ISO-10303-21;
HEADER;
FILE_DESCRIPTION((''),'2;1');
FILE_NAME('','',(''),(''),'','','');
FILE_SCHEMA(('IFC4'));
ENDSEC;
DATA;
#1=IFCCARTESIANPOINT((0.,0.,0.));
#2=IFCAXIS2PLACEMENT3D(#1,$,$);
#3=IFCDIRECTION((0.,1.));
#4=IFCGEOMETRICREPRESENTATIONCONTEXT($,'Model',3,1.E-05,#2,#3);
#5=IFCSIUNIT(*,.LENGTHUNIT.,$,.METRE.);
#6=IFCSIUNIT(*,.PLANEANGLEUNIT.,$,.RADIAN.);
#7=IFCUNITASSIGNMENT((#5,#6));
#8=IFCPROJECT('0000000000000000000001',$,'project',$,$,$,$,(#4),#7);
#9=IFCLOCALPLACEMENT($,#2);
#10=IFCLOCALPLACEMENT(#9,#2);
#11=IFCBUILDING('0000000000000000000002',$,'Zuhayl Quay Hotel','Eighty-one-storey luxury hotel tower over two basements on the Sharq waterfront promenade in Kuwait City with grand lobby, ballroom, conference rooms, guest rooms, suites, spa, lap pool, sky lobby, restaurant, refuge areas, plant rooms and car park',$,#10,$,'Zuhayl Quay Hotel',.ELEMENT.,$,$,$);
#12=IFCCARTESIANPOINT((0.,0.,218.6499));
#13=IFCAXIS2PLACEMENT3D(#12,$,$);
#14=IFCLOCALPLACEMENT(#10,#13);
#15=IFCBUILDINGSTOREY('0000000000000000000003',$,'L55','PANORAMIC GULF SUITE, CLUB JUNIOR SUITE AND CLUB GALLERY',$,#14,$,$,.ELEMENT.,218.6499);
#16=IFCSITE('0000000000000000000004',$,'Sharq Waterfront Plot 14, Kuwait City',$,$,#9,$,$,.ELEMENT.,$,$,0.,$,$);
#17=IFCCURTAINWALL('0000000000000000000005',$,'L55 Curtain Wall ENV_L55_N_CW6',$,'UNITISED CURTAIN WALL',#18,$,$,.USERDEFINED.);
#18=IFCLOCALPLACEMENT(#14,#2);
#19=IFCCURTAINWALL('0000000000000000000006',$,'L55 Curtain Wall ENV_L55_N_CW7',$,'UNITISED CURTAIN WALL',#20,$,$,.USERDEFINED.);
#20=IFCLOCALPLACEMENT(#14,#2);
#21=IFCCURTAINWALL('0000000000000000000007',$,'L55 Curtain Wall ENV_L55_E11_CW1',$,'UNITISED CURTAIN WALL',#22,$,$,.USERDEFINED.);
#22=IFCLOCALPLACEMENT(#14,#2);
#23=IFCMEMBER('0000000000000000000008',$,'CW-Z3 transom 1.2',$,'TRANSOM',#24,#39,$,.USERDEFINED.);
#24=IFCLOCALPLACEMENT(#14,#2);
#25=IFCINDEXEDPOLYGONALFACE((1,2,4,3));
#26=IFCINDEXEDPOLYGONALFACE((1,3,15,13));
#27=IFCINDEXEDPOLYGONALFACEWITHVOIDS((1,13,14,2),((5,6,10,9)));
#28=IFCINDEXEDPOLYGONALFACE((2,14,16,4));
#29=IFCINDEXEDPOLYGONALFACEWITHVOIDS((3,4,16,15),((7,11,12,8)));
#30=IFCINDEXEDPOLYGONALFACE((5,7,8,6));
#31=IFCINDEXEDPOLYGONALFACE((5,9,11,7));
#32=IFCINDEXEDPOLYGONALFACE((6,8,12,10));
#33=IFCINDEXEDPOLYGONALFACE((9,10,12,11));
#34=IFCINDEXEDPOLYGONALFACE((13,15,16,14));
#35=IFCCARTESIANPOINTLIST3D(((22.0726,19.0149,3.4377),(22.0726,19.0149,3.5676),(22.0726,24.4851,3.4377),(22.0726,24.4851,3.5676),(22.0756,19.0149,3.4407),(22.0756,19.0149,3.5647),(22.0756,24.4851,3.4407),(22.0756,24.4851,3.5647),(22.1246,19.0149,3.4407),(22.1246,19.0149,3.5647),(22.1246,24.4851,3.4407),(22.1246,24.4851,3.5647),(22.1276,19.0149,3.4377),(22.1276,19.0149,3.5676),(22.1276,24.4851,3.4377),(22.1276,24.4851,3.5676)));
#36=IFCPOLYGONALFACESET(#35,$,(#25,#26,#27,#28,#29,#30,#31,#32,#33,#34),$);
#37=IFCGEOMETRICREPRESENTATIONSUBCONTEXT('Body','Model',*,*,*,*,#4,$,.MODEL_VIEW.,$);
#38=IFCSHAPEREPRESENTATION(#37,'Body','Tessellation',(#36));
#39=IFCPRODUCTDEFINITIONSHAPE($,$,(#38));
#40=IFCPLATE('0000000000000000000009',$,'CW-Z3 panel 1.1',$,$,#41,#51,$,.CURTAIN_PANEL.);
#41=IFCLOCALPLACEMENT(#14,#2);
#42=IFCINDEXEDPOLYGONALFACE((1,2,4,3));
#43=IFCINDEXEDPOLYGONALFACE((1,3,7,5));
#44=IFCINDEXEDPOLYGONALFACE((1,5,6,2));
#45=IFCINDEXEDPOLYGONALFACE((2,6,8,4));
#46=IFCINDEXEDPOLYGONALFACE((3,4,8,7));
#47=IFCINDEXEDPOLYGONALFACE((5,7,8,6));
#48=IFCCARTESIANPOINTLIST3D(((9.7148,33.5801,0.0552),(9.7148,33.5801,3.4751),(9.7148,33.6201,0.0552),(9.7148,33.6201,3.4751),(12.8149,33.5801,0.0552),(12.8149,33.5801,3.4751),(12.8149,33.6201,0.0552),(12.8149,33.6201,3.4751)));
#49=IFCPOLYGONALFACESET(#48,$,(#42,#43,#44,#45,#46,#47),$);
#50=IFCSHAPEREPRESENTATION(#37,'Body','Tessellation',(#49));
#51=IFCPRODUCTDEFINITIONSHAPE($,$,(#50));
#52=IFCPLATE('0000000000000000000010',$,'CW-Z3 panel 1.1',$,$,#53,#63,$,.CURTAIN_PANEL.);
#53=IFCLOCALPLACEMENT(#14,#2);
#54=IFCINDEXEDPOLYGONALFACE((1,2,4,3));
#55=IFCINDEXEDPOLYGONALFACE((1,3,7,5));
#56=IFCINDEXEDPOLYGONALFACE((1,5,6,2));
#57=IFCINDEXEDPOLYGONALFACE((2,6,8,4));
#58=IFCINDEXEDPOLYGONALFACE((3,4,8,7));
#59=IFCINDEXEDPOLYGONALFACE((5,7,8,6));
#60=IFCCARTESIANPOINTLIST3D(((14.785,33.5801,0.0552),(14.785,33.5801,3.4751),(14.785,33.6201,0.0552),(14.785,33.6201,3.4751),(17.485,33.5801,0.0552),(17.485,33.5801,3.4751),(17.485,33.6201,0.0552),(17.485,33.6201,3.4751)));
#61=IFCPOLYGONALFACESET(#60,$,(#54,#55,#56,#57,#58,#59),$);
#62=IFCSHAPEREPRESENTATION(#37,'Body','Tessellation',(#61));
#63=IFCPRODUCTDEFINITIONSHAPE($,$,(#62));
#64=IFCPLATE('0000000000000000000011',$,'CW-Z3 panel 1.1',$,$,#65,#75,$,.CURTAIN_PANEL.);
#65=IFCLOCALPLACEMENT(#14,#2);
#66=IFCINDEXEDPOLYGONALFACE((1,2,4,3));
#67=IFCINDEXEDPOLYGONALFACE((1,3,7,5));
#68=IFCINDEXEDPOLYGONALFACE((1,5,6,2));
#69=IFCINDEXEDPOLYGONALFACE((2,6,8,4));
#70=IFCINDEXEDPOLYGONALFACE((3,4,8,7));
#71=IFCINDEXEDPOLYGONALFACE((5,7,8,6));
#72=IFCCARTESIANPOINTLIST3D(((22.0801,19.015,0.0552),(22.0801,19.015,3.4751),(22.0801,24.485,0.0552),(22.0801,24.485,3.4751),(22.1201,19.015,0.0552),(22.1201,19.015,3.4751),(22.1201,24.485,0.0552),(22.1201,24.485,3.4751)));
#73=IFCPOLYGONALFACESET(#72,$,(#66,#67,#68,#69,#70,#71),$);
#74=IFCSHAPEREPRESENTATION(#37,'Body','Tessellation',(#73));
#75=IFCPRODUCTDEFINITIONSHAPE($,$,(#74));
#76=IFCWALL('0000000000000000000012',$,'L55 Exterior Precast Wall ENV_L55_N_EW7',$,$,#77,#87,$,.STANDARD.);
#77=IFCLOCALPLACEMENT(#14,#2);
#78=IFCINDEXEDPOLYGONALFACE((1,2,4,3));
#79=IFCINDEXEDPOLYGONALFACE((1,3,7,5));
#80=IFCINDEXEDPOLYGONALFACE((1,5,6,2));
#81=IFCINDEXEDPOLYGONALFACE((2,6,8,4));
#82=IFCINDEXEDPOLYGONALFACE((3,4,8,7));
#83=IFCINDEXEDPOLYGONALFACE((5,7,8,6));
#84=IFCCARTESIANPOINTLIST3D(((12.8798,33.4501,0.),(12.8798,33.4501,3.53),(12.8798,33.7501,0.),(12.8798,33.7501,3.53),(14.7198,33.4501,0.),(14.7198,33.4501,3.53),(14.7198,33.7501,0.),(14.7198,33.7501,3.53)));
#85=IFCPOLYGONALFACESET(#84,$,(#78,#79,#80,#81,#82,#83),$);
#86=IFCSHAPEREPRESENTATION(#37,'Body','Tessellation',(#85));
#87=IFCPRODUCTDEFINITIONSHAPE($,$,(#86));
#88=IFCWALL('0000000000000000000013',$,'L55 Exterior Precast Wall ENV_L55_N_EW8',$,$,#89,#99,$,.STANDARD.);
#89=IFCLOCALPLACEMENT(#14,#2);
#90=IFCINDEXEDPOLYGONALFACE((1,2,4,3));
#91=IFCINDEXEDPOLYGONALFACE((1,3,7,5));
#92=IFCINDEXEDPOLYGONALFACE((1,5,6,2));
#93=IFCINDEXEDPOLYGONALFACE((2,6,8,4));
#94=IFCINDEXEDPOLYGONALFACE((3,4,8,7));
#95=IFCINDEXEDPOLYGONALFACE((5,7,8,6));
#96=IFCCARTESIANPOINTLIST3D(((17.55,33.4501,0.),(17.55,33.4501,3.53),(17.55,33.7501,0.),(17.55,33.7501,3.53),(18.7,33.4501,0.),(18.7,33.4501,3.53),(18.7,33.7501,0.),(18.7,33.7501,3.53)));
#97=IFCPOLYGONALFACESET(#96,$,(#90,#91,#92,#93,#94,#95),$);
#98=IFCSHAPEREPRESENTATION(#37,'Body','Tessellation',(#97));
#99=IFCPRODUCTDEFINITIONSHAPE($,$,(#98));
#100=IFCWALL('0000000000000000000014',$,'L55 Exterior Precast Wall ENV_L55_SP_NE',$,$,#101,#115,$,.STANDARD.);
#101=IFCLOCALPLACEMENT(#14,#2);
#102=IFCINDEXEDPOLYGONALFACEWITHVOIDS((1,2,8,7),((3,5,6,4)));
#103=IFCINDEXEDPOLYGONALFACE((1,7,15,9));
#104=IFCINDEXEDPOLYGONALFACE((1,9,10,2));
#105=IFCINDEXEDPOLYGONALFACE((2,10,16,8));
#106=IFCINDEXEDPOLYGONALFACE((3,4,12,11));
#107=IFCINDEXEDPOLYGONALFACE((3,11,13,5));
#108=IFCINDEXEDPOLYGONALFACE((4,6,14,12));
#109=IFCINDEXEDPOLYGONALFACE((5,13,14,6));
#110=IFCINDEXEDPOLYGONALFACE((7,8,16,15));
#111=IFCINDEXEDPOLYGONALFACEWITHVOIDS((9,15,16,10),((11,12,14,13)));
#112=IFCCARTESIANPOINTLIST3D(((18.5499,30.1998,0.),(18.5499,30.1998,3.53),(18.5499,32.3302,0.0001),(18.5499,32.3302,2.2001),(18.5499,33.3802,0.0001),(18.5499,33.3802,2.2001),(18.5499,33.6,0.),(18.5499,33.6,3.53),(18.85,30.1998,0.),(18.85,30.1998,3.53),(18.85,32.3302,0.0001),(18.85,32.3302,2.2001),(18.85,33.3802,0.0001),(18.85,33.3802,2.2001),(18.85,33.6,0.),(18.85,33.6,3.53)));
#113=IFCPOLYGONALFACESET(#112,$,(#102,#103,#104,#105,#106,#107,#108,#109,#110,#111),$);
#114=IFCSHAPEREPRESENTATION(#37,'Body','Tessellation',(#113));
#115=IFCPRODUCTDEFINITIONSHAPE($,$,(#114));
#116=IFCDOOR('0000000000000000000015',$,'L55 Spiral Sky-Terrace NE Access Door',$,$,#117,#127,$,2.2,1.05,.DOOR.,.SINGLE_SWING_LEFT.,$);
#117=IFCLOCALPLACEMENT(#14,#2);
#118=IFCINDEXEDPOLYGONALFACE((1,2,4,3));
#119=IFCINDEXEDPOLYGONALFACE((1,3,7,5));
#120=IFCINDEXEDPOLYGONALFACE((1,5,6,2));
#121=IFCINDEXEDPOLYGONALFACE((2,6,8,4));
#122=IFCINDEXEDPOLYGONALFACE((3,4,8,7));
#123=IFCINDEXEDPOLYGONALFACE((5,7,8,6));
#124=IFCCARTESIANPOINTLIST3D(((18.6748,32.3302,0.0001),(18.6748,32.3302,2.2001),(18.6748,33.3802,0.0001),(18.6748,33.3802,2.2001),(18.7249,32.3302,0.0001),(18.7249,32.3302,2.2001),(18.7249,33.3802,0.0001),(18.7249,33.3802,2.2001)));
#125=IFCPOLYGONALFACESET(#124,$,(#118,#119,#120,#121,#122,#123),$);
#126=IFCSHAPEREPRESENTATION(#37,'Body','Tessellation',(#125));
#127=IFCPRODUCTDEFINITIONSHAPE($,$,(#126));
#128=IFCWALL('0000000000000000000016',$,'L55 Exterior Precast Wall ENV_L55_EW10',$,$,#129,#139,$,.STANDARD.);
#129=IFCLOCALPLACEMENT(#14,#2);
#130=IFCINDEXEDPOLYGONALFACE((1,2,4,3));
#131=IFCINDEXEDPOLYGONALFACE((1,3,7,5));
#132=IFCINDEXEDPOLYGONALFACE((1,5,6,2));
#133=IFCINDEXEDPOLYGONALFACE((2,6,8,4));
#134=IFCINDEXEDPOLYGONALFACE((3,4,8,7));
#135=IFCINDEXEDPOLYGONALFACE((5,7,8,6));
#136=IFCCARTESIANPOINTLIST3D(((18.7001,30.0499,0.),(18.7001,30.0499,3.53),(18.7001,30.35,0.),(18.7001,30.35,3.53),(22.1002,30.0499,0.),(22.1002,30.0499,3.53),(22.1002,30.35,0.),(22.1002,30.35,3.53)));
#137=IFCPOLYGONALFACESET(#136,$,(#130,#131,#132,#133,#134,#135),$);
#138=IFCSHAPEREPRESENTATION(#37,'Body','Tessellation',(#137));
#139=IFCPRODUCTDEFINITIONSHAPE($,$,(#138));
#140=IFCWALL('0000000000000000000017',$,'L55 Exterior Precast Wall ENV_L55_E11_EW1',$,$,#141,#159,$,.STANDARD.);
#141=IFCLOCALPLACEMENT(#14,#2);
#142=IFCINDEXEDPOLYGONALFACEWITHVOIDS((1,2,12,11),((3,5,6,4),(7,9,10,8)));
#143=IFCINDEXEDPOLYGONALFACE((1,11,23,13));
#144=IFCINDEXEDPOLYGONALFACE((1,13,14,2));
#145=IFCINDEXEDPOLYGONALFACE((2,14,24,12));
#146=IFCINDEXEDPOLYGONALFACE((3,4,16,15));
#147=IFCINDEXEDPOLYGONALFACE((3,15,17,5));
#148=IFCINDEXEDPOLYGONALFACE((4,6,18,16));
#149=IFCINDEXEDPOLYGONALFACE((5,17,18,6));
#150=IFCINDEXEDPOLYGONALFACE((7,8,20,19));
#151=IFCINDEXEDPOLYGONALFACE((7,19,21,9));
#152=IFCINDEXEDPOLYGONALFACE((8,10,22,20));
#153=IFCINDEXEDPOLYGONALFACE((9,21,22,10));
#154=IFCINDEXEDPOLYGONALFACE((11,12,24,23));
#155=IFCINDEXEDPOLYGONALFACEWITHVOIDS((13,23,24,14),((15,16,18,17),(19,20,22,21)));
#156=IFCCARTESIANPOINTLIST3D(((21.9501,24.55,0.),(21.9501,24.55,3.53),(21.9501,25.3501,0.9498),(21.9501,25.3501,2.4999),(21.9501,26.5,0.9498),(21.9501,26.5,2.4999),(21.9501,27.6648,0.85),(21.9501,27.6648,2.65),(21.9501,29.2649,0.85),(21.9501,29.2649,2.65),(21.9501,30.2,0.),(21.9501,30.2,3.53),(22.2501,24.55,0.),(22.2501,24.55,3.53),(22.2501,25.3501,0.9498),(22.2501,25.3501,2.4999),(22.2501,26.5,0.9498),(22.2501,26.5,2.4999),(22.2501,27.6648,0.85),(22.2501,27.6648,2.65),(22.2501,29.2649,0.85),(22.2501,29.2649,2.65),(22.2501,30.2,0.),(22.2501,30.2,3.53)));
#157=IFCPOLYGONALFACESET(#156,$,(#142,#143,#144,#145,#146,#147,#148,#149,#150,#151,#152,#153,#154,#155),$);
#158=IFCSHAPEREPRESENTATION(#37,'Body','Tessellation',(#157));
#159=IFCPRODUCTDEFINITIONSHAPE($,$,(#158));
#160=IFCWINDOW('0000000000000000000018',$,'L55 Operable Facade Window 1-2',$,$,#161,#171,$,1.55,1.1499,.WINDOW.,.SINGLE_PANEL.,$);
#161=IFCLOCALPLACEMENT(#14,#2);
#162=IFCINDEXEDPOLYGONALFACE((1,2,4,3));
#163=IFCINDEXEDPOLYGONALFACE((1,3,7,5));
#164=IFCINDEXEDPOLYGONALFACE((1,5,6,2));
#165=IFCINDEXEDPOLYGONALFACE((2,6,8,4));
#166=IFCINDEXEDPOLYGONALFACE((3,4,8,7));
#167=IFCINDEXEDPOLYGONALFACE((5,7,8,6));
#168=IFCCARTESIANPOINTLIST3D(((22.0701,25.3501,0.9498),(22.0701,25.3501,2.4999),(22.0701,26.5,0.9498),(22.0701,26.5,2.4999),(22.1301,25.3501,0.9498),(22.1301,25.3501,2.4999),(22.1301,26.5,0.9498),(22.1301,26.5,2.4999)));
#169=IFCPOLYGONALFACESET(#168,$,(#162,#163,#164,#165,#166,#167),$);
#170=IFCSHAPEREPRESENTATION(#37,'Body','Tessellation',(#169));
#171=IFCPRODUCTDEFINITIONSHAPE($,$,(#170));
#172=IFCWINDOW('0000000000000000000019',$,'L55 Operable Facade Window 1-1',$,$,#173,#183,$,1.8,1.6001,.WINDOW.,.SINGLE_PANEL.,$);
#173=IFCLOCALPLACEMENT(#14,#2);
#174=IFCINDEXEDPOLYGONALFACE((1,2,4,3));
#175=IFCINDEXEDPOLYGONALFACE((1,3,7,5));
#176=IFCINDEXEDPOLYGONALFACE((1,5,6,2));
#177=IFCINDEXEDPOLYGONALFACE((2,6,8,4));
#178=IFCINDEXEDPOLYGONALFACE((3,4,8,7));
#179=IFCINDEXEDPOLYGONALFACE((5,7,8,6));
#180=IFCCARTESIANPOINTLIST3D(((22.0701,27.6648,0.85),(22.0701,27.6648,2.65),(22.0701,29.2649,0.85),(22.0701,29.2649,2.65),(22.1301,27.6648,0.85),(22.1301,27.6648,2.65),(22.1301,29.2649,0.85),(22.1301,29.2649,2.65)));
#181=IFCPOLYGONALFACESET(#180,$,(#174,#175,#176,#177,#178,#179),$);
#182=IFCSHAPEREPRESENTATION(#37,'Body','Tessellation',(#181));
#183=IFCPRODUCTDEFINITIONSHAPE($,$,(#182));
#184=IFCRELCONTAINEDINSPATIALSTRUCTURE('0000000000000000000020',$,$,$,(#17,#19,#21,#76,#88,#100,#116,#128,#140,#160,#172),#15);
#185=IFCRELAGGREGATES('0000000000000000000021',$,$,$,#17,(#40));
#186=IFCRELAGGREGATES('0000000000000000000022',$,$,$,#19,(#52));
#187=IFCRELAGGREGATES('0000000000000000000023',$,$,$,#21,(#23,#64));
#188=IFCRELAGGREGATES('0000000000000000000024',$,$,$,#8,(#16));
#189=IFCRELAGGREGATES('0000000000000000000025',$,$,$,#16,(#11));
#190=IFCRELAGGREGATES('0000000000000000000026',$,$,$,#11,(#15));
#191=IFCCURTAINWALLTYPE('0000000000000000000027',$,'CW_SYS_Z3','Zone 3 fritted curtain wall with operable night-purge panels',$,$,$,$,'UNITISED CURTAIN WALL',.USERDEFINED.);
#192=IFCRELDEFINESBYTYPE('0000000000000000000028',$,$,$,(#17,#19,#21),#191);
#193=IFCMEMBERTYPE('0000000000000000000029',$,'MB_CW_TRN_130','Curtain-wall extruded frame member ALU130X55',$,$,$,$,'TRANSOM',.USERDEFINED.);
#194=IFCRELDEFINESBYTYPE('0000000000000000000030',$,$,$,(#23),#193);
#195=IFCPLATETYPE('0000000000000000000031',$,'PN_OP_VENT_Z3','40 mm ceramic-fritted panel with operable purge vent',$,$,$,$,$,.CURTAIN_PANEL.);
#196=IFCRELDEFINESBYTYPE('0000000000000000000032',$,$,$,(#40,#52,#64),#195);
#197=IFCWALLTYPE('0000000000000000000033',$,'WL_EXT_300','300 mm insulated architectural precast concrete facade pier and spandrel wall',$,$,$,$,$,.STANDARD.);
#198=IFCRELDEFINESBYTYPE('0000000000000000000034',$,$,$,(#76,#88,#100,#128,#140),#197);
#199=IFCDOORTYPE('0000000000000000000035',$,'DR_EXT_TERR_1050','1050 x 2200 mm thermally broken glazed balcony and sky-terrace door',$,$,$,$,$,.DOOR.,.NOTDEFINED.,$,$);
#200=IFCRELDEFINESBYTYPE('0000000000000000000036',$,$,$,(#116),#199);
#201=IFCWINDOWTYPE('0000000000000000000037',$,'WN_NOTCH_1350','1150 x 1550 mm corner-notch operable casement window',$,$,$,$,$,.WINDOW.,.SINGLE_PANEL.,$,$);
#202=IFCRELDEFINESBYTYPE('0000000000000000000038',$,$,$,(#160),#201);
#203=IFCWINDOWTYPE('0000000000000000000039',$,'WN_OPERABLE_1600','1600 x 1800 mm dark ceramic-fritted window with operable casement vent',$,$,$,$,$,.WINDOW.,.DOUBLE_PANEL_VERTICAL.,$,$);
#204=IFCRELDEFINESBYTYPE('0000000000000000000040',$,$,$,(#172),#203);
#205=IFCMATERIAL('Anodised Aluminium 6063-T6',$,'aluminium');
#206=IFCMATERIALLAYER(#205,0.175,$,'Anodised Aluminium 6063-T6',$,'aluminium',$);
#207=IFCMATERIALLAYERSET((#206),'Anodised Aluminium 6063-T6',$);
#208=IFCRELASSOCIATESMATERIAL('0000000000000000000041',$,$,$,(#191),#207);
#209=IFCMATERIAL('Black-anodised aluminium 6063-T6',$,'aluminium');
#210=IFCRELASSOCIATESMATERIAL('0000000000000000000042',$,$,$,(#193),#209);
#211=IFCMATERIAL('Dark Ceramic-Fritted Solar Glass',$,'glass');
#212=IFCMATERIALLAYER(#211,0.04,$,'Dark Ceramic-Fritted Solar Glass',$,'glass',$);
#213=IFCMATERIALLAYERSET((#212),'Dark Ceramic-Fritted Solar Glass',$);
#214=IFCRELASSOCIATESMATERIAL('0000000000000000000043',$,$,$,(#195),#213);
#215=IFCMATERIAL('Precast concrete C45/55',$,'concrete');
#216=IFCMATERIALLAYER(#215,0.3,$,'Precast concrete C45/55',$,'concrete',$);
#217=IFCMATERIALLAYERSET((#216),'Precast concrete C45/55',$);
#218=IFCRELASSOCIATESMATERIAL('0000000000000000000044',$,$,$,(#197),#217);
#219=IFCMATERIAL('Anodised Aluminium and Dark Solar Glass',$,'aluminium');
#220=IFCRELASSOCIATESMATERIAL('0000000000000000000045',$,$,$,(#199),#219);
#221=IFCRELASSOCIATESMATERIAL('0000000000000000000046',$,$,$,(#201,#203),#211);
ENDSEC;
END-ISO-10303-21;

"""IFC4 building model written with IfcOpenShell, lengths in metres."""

from ifc_helpers import new_model, si_unit, direction, frame, frame_2d, origin, origin_2d, place, context, subcontext, project, spatial, rectangle, hollow_rectangle, extrude, material, layer, layer_set, material_profile, profile_set, type_object, element, fill, aggregate, save


model = new_model("IFC4")

# Units and contexts
model_context = context("Model", 3, precision=1e-05, world=origin(), true_north=direction((0.0, 1.0)))
body_context = subcontext(model_context, "Body", "Model", "MODEL_VIEW")
ifc_project = project(units=[si_unit("LENGTHUNIT", "METRE"), si_unit("PLANEANGLEUNIT", "RADIAN")], contexts=[model_context])

# Site, building, storey
site_placement = place(None, origin())
site = spatial("IfcSite", under=ifc_project, at=site_placement, Name="Sharq Waterfront Plot 14, Kuwait City", CompositionType="ELEMENT", RefElevation=0.0)
building_placement = place(site_placement, origin())
building = spatial("IfcBuilding", under=site, at=building_placement, Name="Zuhayl Quay Hotel", Description="Eighty-one-storey luxury hotel tower over two basements on the Sharq waterfront promenade in Kuwait City with grand lobby, ballroom, conference rooms, guest rooms, suites, spa, lap pool, sky lobby, restaurant, refuge areas, plant rooms and car park", LongName="Zuhayl Quay Hotel", CompositionType="ELEMENT")
storey_placement = place(building_placement, frame((0.0, 0.0, 218.6499)))
storey = spatial("IfcBuildingStorey", under=building, at=storey_placement, Name="L55", Description="PANORAMIC GULF SUITE, CLUB JUNIOR SUITE AND CLUB GALLERY", CompositionType="ELEMENT", Elevation=218.6499)

# Curtain wall
ifc_material_1 = material(Name="Anodised Aluminium 6063-T6", Category="aluminium")
ifc_layer_1 = layer(ifc_material_1, 0.175, Name="Anodised Aluminium 6063-T6", Category="aluminium")
ifc_layer_set_1 = layer_set([ifc_layer_1], Name="Anodised Aluminium 6063-T6")
curtain_wall_type = type_object("IfcCurtainWallType", Name="CW_SYS_Z3", Description="Zone 3 fritted curtain wall with operable night-purge panels", ElementType="UNITISED CURTAIN WALL", PredefinedType="USERDEFINED", material=ifc_layer_set_1)
curtain_wall_1_placement = place(storey_placement, origin())
curtain_wall_1 = element("IfcCurtainWall", 1, at=curtain_wall_1_placement, inside=storey, type_object=curtain_wall_type, Name="L55 Curtain Wall ENV_L55_N_CW6", ObjectType="UNITISED CURTAIN WALL", PredefinedType="USERDEFINED")
ifc_material_2 = material(Name="Black-anodised aluminium 6063-T6", Category="aluminium")

# Curtain walls
curtain_wall_2_placement = place(storey_placement, origin())
curtain_wall_2 = element("IfcCurtainWall", 2, at=curtain_wall_2_placement, inside=storey, type_object=curtain_wall_type, Name="L55 Curtain Wall ENV_L55_N_CW7", ObjectType="UNITISED CURTAIN WALL", PredefinedType="USERDEFINED")
curtain_wall_3_placement = place(storey_placement, origin())
curtain_wall_3 = element("IfcCurtainWall", 3, at=curtain_wall_3_placement, inside=storey, type_object=curtain_wall_type, Name="L55 Curtain Wall ENV_L55_E11_CW1", ObjectType="UNITISED CURTAIN WALL", PredefinedType="USERDEFINED")

# Member
ifc_material_profile_1 = material_profile(ifc_material_2, hollow_rectangle(XDim=0.0549, YDim=0.1299, WallThickness=0.0029, at=origin_2d()), Name="ALU130X55")
ifc_profile_set_1 = profile_set([ifc_material_profile_1], Name="Black-anodised aluminium 6063-T6")
member_type_1 = type_object("IfcMemberType", Name="MB_CW_TRN_130", Description="Curtain-wall extruded frame member ALU130X55", ElementType="TRANSOM", PredefinedType="USERDEFINED", material=ifc_profile_set_1)
member_1_placement = place(storey_placement, frame((22.1001, 24.4851, 3.5027), z_axis=(0.0, -1.0, 0.0), x_axis=(1.0, 0.0, 0.0)))
member_1 = element("IfcMember", 4, at=member_1_placement, type_object=member_type_1, Name="CW-Z3 transom 1.2", ObjectType="TRANSOM", PredefinedType="USERDEFINED", context=body_context, shape_type="SweptSolid", body=[
    extrude(hollow_rectangle(XDim=0.0549, YDim=0.1299, WallThickness=0.0029, at=origin_2d()), origin(), (0.0, 0.0, 1.0), 5.4702),
])

# Plates
ifc_material_3 = material(Name="Dark Ceramic-Fritted Solar Glass", Category="glass")
ifc_layer_2 = layer(ifc_material_3, 0.04, Name="Dark Ceramic-Fritted Solar Glass", Category="glass")
ifc_layer_set_2 = layer_set([ifc_layer_2], Name="Dark Ceramic-Fritted Solar Glass")
plate_type = type_object("IfcPlateType", Name="PN_OP_VENT_Z3", Description="40 mm ceramic-fritted panel with operable purge vent", PredefinedType="CURTAIN_PANEL", material=ifc_layer_set_2)
plate_1_placement = place(storey_placement, frame((11.2649, 33.6001, 0.0552), z_axis=(0.0, 0.0, 1.0), x_axis=(1.0, 0.0, 0.0)))
plate_1 = element("IfcPlate", 5, at=plate_1_placement, type_object=plate_type, Name="CW-Z3 panel 1.1", PredefinedType="CURTAIN_PANEL", context=body_context, shape_type="SweptSolid", body=[
    extrude(rectangle(XDim=3.1001, YDim=0.04, at=origin_2d()), origin(), (0.0, 0.0, 1.0), 3.4199),
])
aggregate(curtain_wall_1, [plate_1])
plate_2_placement = place(storey_placement, frame((16.135, 33.6001, 0.0552), z_axis=(0.0, 0.0, 1.0), x_axis=(1.0, 0.0, 0.0)))
plate_2 = element("IfcPlate", 6, at=plate_2_placement, type_object=plate_type, Name="CW-Z3 panel 1.1", PredefinedType="CURTAIN_PANEL", context=body_context, shape_type="SweptSolid", body=[
    extrude(rectangle(XDim=2.7, YDim=0.04, at=origin_2d()), origin(), (0.0, 0.0, 1.0), 3.4199),
])
aggregate(curtain_wall_2, [plate_2])
plate_3_placement = place(storey_placement, frame((22.1001, 21.75, 0.0552), z_axis=(0.0, 0.0, 1.0), x_axis=(0.0, -1.0, 0.0)))
plate_3 = element("IfcPlate", 7, at=plate_3_placement, type_object=plate_type, Name="CW-Z3 panel 1.1", PredefinedType="CURTAIN_PANEL", context=body_context, shape_type="SweptSolid", body=[
    extrude(rectangle(XDim=5.47, YDim=0.04, at=origin_2d()), origin(), (0.0, 0.0, 1.0), 3.4199),
])
aggregate(curtain_wall_3, [member_1, plate_3])

# Walls
ifc_material_4 = material(Name="Precast concrete C45/55", Category="concrete")
ifc_layer_3 = layer(ifc_material_4, 0.3, Name="Precast concrete C45/55", Category="concrete")
ifc_layer_set_3 = layer_set([ifc_layer_3], Name="Precast concrete C45/55")
wall_type_1 = type_object("IfcWallType", Name="WL_EXT_300", Description="300 mm insulated architectural precast concrete facade pier and spandrel wall", PredefinedType="STANDARD", material=ifc_layer_set_3)
wall_1_placement = place(storey_placement, frame((12.8799, 33.6001, 0.0), z_axis=(0.0, 0.0, 1.0), x_axis=(1.0, 0.0, 0.0)))
element("IfcWall", 8, at=wall_1_placement, inside=storey, type_object=wall_type_1, Name="L55 Exterior Precast Wall ENV_L55_N_EW7", PredefinedType="STANDARD", context=body_context, shape_type="SweptSolid", body=[
    extrude(rectangle(XDim=1.8401, YDim=0.3, at=frame_2d((0.9199, 0.0))), origin(), (0.0, 0.0, 1.0), 3.53),
])
wall_2_placement = place(storey_placement, frame((17.55, 33.6001, 0.0), z_axis=(0.0, 0.0, 1.0), x_axis=(1.0, 0.0, 0.0)))
element("IfcWall", 9, at=wall_2_placement, inside=storey, type_object=wall_type_1, Name="L55 Exterior Precast Wall ENV_L55_N_EW8", PredefinedType="STANDARD", context=body_context, shape_type="SweptSolid", body=[
    extrude(rectangle(XDim=1.1499, YDim=0.3, at=frame_2d((0.575, 0.0))), origin(), (0.0, 0.0, 1.0), 3.53),
])

# Wall, opening, door
wall_3_placement = place(storey_placement, frame((18.7, 33.6001, 0.0), z_axis=(0.0, 0.0, 1.0), x_axis=(0.0, -1.0, 0.0)))
wall_3 = element("IfcWall", 10, at=wall_3_placement, inside=storey, type_object=wall_type_1, Name="L55 Exterior Precast Wall ENV_L55_SP_NE", PredefinedType="STANDARD", context=body_context, shape_type="SweptSolid", body=[
    extrude(rectangle(XDim=3.4001, YDim=0.3, at=frame_2d((1.7002, 0.0))), origin(), (0.0, 0.0, 1.0), 3.53),
])
opening_1_placement = place(wall_3_placement, frame((0.22, 0.0, 0.0)))
opening_1 = element("IfcOpeningElement", 11, at=opening_1_placement, cuts=wall_3, PredefinedType="OPENING", context=body_context, shape_type="SweptSolid", body=[
    extrude(rectangle(XDim=1.05, YDim=2.2, at=frame_2d((0.5249, 1.1001))), frame((0.0, 0.1599, 0.0), z_axis=(0.0, -1.0, 0.0), x_axis=(1.0, 0.0, 0.0)), (0.0, 0.0, 1.0), 0.3201),
])
ifc_material_5 = material(Name="Anodised Aluminium and Dark Solar Glass", Category="aluminium")
door_type_1 = type_object("IfcDoorType", Name="DR_EXT_TERR_1050", Description="1050 x 2200 mm thermally broken glazed balcony and sky-terrace door", OperationType="NOTDEFINED", PredefinedType="DOOR", material=ifc_material_5)
door_1_placement = place(opening_1_placement, origin())
door_1 = element("IfcDoor", 12, at=door_1_placement, inside=storey, type_object=door_type_1, Name="L55 Spiral Sky-Terrace NE Access Door", OperationType="SINGLE_SWING_LEFT", OverallHeight=2.2, OverallWidth=1.05, PredefinedType="DOOR", context=body_context, shape_type="SweptSolid", body=[
    extrude(rectangle(XDim=1.05, YDim=2.2, at=frame_2d((0.5249, 1.1001))), frame((0.0, 0.0249, 0.0), z_axis=(0.0, -1.0, 0.0), x_axis=(1.0, 0.0, 0.0)), (0.0, 0.0, 1.0), 0.05),
])
fill(opening_1, door_1)

# Wall
wall_4_placement = place(storey_placement, frame((18.7, 30.2, 0.0), z_axis=(0.0, 0.0, 1.0), x_axis=(1.0, 0.0, 0.0)))
element("IfcWall", 13, at=wall_4_placement, inside=storey, type_object=wall_type_1, Name="L55 Exterior Precast Wall ENV_L55_EW10", PredefinedType="STANDARD", context=body_context, shape_type="SweptSolid", body=[
    extrude(rectangle(XDim=3.4001, YDim=0.3, at=frame_2d((1.7002, 0.0))), origin(), (0.0, 0.0, 1.0), 3.53),
])

# Wall, openings, windows
wall_5_placement = place(storey_placement, frame((22.1001, 30.2, 0.0), z_axis=(0.0, 0.0, 1.0), x_axis=(0.0, -1.0, 0.0)))
wall_5 = element("IfcWall", 14, at=wall_5_placement, inside=storey, type_object=wall_type_1, Name="L55 Exterior Precast Wall ENV_L55_E11_EW1", PredefinedType="STANDARD", context=body_context, shape_type="SweptSolid", body=[
    extrude(rectangle(XDim=5.6499, YDim=0.3, at=frame_2d((2.825, 0.0))), origin(), (0.0, 0.0, 1.0), 3.53),
])
opening_2_placement = place(wall_5_placement, frame((0.9351, 0.0, 0.8501)))
opening_2 = element("IfcOpeningElement", 15, at=opening_2_placement, cuts=wall_5, PredefinedType="OPENING", context=body_context, shape_type="SweptSolid", body=[
    extrude(rectangle(XDim=1.6001, YDim=1.8, at=frame_2d((0.8, 0.8999))), frame((0.0, 0.1599, 0.0), z_axis=(0.0, -1.0, 0.0), x_axis=(1.0, 0.0, 0.0)), (0.0, 0.0, 1.0), 0.3201),
])
opening_3_placement = place(wall_5_placement, frame((3.7, 0.0, 0.95)))
opening_3 = element("IfcOpeningElement", 16, at=opening_3_placement, cuts=wall_5, PredefinedType="OPENING", context=body_context, shape_type="SweptSolid", body=[
    extrude(rectangle(XDim=1.1499, YDim=1.55, at=frame_2d((0.575, 0.7749))), frame((0.0, 0.1599, 0.0), z_axis=(0.0, -1.0, 0.0), x_axis=(1.0, 0.0, 0.0)), (0.0, 0.0, 1.0), 0.3201),
])
window_type_1 = type_object("IfcWindowType", Name="WN_NOTCH_1350", Description="1150 x 1550 mm corner-notch operable casement window", PartitioningType="SINGLE_PANEL", PredefinedType="WINDOW", material=ifc_material_3)
window_1_placement = place(opening_3_placement, origin())
window_1 = element("IfcWindow", 17, at=window_1_placement, inside=storey, type_object=window_type_1, Name="L55 Operable Facade Window 1-2", OverallHeight=1.55, OverallWidth=1.1499, PartitioningType="SINGLE_PANEL", PredefinedType="WINDOW", context=body_context, shape_type="SweptSolid", body=[
    extrude(rectangle(XDim=1.1499, YDim=1.55, at=frame_2d((0.575, 0.7749))), frame((0.0, 0.03, 0.0), z_axis=(0.0, -1.0, 0.0), x_axis=(1.0, 0.0, 0.0)), (0.0, 0.0, 1.0), 0.0601),
])
fill(opening_3, window_1)
window_type_2 = type_object("IfcWindowType", Name="WN_OPERABLE_1600", Description="1600 x 1800 mm dark ceramic-fritted window with operable casement vent", PartitioningType="DOUBLE_PANEL_VERTICAL", PredefinedType="WINDOW", material=ifc_material_3)
window_2_placement = place(opening_2_placement, origin())
window_2 = element("IfcWindow", 18, at=window_2_placement, inside=storey, type_object=window_type_2, Name="L55 Operable Facade Window 1-1", OverallHeight=1.8, OverallWidth=1.6001, PartitioningType="SINGLE_PANEL", PredefinedType="WINDOW", context=body_context, shape_type="SweptSolid", body=[
    extrude(rectangle(XDim=1.6001, YDim=1.8, at=frame_2d((0.8, 0.8999))), frame((0.0, 0.03, 0.0), z_axis=(0.0, -1.0, 0.0), x_axis=(1.0, 0.0, 0.0)), (0.0, 0.0, 1.0), 0.0601),
])
fill(opening_2, window_2)

save(model, "model.ifc")
